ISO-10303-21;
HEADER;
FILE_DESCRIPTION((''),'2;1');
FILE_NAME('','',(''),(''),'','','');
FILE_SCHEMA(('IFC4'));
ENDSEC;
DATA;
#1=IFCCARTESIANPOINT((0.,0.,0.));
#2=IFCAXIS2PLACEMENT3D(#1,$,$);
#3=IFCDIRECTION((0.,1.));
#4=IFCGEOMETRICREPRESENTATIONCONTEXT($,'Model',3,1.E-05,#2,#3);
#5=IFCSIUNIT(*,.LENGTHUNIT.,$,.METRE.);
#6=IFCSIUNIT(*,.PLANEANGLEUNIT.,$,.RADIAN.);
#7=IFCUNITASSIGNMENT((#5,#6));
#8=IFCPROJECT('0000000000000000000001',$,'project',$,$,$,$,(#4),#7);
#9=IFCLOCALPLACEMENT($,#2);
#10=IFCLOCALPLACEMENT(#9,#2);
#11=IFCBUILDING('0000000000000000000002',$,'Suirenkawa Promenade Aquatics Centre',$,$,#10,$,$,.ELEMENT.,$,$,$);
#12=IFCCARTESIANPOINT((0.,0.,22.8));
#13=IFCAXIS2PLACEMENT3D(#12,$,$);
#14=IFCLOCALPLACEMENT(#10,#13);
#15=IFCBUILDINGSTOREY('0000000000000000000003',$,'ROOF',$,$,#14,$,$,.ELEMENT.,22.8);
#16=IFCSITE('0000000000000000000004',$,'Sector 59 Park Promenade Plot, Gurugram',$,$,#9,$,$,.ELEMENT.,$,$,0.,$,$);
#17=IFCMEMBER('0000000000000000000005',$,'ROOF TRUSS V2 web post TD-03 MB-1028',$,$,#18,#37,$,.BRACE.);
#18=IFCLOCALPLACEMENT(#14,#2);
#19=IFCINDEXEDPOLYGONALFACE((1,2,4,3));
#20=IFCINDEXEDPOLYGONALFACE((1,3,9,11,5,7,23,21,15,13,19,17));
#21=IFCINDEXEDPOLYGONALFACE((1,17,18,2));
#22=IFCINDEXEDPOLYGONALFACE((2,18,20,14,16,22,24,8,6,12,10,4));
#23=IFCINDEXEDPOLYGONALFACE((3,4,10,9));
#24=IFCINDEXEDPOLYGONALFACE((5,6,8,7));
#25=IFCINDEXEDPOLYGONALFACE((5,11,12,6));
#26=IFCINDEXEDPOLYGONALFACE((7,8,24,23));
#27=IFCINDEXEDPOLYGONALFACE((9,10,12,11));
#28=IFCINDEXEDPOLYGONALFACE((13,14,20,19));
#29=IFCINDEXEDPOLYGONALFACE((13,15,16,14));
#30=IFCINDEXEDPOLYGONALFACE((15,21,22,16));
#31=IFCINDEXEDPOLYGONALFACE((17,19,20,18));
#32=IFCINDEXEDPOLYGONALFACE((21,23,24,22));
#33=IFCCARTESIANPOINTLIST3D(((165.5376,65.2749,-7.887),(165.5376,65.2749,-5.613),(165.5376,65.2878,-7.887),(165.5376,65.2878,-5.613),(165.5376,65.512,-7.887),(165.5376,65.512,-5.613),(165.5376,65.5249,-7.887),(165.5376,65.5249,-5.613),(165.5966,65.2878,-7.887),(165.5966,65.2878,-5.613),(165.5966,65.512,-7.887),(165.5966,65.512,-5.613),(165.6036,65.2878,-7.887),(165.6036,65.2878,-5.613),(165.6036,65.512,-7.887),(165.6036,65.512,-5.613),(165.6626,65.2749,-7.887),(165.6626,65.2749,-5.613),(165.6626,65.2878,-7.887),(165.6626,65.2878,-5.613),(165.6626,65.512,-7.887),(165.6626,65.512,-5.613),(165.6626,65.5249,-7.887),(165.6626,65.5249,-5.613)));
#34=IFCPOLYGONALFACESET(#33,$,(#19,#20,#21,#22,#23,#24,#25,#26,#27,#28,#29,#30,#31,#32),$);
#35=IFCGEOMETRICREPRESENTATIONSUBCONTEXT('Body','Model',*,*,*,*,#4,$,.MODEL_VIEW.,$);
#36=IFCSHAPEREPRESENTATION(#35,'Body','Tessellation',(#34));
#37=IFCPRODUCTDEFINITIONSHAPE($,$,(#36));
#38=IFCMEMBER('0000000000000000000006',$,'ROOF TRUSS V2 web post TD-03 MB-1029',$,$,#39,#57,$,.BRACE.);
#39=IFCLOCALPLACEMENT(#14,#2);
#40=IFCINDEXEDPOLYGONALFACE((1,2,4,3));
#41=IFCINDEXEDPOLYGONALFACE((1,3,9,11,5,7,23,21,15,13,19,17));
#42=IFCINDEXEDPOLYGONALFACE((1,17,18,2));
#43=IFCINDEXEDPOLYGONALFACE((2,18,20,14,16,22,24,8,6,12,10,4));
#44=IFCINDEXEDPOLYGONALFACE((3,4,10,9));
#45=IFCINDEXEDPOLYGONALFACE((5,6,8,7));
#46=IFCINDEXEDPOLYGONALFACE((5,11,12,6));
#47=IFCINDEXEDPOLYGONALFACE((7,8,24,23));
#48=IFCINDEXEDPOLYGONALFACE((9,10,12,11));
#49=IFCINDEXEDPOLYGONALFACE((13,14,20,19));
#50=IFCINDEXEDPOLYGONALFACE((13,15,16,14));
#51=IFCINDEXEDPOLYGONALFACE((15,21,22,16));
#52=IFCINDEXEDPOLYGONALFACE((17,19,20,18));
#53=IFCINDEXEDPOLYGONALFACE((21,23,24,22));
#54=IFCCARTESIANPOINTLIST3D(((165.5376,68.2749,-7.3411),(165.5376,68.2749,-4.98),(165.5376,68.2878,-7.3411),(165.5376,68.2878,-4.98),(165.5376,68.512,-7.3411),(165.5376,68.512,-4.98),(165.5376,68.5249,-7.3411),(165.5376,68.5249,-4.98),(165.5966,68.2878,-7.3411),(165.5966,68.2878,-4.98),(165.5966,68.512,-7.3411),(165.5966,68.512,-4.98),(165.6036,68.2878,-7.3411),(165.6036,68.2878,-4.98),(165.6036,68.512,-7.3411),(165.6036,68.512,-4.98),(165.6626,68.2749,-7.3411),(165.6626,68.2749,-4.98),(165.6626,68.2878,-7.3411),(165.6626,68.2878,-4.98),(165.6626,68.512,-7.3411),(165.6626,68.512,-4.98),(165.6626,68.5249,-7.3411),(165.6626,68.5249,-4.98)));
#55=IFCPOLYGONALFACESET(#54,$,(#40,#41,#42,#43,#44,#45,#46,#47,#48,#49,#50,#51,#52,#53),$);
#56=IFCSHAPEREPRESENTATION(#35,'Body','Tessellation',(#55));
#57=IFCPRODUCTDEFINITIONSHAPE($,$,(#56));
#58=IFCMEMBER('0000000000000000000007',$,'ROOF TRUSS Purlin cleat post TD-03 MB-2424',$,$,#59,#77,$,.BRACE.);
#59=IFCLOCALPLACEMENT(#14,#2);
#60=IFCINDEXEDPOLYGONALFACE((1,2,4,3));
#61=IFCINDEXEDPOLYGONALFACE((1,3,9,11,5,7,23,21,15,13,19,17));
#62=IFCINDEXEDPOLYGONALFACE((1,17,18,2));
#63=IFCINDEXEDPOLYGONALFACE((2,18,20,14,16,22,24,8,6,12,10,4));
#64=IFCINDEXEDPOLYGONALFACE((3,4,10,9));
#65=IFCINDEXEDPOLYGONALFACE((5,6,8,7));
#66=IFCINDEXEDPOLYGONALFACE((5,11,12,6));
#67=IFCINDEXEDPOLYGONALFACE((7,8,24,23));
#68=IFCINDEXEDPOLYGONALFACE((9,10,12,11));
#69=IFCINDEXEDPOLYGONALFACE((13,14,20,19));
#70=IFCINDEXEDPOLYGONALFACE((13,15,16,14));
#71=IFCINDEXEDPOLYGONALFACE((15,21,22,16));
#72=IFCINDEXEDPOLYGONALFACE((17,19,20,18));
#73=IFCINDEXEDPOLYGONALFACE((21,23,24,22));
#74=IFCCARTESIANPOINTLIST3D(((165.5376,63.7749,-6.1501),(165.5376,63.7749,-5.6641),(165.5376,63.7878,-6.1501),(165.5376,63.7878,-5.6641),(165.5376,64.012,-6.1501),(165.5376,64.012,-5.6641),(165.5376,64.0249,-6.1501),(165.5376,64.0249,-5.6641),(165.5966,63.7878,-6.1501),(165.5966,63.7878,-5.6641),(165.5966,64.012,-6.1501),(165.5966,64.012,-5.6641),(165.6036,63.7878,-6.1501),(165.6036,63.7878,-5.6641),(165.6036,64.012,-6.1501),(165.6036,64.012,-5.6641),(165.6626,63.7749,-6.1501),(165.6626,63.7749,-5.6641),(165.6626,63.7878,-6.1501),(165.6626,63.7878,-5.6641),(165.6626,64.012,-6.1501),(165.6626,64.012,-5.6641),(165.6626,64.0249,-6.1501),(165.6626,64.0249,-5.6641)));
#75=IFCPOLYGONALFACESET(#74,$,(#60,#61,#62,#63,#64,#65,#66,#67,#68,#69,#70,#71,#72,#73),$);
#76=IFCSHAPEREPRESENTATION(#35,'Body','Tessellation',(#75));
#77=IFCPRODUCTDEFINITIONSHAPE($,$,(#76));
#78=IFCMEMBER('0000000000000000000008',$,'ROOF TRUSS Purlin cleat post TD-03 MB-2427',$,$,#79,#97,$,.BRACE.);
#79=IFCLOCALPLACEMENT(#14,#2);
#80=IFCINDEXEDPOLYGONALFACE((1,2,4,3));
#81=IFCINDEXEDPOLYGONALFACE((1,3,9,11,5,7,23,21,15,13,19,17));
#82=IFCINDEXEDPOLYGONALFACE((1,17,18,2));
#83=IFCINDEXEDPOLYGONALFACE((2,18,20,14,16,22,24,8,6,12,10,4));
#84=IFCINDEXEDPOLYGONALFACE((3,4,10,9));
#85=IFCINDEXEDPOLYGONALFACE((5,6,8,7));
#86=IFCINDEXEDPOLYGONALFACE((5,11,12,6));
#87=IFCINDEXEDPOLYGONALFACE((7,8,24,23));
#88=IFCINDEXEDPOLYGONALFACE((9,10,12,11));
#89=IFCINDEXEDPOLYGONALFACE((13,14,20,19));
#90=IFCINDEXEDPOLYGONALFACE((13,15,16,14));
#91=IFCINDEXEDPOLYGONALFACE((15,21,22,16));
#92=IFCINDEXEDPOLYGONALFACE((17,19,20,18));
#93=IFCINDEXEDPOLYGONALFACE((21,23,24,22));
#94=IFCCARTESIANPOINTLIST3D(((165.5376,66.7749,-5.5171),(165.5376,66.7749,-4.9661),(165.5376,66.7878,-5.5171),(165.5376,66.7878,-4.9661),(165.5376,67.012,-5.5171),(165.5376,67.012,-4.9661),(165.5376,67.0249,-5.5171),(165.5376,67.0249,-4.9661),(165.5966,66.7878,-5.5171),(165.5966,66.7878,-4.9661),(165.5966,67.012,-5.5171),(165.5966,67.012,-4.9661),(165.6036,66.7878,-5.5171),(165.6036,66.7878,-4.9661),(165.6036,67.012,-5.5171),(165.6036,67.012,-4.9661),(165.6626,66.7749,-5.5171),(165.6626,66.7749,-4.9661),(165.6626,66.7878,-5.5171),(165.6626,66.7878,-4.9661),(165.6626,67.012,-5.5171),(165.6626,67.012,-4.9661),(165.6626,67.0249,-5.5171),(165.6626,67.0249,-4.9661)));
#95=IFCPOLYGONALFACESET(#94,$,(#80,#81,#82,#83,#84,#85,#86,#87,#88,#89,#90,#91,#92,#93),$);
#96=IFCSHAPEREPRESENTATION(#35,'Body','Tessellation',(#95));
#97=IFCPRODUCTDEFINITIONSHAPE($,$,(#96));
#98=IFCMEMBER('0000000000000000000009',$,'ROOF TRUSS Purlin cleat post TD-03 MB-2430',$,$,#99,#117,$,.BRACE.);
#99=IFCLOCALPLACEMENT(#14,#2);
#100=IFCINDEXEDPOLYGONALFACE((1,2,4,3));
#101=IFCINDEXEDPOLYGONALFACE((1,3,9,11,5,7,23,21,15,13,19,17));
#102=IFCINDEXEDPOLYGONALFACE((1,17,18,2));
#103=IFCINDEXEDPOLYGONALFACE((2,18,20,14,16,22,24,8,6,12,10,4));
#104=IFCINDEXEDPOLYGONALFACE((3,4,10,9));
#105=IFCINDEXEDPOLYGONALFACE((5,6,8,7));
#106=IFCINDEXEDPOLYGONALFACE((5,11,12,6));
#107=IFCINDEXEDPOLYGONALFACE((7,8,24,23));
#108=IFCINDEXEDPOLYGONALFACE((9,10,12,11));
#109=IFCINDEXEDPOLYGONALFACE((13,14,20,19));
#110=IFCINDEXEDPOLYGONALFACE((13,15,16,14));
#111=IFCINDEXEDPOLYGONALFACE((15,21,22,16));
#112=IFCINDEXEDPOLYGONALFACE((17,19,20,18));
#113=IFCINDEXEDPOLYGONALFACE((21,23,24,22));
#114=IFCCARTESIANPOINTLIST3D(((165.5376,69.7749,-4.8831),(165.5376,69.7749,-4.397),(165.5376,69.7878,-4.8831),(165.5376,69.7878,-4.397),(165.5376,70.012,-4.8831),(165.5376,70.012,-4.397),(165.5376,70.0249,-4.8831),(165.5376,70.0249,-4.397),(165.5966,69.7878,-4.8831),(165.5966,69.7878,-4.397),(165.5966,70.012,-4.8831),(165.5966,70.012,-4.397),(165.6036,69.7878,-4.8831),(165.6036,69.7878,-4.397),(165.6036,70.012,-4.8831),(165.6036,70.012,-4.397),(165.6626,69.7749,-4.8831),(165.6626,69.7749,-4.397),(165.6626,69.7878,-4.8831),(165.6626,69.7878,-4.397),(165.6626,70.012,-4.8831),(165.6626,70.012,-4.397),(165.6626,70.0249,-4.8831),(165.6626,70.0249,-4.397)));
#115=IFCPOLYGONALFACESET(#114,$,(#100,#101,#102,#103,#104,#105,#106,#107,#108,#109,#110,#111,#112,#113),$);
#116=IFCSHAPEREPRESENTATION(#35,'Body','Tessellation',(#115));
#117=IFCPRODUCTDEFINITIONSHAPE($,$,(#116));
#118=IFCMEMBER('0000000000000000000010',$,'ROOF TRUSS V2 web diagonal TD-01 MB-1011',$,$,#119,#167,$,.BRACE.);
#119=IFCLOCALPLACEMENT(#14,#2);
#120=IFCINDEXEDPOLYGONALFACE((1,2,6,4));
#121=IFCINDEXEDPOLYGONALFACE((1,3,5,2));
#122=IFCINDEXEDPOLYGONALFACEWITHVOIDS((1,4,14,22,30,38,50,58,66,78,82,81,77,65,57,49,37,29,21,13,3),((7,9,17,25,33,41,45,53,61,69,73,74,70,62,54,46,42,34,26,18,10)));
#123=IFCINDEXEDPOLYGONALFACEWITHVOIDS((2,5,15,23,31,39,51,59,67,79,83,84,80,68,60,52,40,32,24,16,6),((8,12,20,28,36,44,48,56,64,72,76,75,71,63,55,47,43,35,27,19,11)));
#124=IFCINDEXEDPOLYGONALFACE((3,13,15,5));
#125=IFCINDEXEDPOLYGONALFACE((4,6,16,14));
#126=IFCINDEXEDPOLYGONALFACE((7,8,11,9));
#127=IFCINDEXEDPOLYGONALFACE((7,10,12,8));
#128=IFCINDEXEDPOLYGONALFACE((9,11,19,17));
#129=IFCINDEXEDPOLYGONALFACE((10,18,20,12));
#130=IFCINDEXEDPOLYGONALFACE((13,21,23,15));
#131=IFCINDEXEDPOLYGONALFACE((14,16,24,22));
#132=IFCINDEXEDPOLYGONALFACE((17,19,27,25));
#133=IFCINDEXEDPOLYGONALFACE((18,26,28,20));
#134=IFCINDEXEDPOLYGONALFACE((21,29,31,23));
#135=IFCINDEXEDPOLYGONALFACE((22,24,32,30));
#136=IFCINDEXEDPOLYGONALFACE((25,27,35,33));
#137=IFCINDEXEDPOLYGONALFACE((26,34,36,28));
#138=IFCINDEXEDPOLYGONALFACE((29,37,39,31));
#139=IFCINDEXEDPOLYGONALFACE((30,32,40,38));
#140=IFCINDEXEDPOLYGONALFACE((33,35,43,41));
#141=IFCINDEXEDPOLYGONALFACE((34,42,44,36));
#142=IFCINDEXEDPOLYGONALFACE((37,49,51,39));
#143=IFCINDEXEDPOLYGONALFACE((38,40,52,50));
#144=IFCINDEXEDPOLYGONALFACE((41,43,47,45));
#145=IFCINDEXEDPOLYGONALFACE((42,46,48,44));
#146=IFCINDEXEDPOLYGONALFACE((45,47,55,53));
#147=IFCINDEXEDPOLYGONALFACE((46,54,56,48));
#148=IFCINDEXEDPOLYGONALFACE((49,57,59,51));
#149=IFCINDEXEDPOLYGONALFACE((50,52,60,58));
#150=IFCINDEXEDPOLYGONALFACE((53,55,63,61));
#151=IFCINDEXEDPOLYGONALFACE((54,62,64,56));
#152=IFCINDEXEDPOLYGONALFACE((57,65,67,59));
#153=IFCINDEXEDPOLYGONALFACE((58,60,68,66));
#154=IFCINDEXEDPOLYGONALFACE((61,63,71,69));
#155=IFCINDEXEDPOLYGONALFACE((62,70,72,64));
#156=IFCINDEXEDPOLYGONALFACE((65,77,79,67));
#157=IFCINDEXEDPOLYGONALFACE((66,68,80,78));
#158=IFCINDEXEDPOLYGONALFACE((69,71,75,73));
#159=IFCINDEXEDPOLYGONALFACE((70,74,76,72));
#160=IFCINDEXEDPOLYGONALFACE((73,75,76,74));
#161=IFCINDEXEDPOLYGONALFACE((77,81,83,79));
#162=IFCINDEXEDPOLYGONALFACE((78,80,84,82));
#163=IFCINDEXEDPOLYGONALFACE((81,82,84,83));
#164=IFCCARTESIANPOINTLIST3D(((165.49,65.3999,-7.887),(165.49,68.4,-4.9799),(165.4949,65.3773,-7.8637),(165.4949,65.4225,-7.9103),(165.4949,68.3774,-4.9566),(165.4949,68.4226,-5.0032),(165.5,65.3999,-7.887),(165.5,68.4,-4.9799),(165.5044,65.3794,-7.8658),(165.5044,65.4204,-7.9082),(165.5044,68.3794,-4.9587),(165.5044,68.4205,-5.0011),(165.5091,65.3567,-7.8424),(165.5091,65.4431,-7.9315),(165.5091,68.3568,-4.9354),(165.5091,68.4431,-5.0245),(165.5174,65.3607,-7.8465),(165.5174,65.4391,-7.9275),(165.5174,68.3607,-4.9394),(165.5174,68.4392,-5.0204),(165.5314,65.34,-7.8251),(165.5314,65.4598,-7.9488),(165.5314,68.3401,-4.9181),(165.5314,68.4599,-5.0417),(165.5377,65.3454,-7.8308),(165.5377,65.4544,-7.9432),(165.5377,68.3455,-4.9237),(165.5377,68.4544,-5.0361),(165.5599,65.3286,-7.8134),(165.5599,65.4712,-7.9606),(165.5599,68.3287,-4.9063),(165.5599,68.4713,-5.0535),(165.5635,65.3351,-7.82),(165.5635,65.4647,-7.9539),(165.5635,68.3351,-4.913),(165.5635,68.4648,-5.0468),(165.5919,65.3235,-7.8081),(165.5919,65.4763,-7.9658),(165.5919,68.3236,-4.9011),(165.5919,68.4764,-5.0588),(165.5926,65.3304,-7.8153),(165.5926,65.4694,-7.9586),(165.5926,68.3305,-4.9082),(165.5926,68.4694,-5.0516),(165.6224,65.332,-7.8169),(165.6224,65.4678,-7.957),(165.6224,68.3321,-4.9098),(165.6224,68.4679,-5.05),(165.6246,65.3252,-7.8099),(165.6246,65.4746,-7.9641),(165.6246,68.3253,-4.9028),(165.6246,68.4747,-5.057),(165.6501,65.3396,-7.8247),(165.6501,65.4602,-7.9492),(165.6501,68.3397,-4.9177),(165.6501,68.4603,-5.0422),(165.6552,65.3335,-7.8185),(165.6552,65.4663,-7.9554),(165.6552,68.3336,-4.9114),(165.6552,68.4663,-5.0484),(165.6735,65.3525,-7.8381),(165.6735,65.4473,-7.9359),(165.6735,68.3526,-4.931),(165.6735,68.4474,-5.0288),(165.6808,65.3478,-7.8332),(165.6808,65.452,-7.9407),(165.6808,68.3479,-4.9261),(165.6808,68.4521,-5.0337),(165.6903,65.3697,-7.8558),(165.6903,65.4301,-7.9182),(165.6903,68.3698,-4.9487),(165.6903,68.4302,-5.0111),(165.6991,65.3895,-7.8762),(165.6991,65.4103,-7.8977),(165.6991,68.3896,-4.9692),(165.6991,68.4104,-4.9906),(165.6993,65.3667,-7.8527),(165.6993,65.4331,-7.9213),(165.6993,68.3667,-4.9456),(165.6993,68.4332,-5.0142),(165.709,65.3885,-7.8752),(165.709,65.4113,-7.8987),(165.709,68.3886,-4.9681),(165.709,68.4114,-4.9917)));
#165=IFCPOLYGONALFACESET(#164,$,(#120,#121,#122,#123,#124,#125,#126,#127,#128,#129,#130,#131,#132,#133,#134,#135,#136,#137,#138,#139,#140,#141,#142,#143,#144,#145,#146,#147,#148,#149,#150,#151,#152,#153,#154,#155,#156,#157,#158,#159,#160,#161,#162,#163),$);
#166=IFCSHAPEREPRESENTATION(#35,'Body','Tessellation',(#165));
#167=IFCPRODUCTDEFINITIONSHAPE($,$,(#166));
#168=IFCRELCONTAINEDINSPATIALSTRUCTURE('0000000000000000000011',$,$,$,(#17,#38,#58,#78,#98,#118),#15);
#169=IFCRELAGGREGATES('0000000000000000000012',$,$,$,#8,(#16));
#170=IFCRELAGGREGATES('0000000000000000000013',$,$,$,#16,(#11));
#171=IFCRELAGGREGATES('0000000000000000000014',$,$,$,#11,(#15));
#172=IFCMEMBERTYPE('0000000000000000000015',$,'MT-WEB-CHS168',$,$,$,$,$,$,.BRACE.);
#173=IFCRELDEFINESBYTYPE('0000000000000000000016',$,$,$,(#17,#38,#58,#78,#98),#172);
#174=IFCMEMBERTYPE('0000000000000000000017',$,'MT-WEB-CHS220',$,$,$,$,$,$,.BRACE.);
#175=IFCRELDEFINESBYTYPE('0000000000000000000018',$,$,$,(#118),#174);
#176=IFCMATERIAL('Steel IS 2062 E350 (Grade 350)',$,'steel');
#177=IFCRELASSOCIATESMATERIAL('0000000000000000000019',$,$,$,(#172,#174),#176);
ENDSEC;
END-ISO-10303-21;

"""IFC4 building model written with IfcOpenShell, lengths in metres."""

from ifc_helpers import new_model, si_unit, direction, frame, origin, origin_2d, place, context, subcontext, project, spatial, hollow_circle, i_section, extrude, material, material_profile, profile_set, type_object, element, save


model = new_model("IFC4")

# Units and contexts
model_context = context("Model", 3, precision=1e-05, world=origin(), true_north=direction((0.0, 1.0)))
body_context = subcontext(model_context, "Body", "Model", "MODEL_VIEW")
ifc_project = project(units=[si_unit("LENGTHUNIT", "METRE"), si_unit("PLANEANGLEUNIT", "RADIAN")], contexts=[model_context])

# Site, building, storey
site_placement = place(None, origin())
site = spatial("IfcSite", under=ifc_project, at=site_placement, Name="Sector 59 Park Promenade Plot, Gurugram", CompositionType="ELEMENT", RefElevation=0.0)
building_placement = place(site_placement, origin())
building = spatial("IfcBuilding", under=site, at=building_placement, Name="Suirenkawa Promenade Aquatics Centre", CompositionType="ELEMENT")
storey_placement = place(building_placement, frame((0.0, 0.0, 22.8)))
storey = spatial("IfcBuildingStorey", under=building, at=storey_placement, Name="ROOF", CompositionType="ELEMENT", Elevation=22.8)

# Shared definitions
ifc_material = material(Name="Steel IS 2062 E350 (Grade 350)", Category="steel")

# Members
ifc_material_profile_1 = material_profile(ifc_material, i_section(OverallWidth=0.125, OverallDepth=0.25, WebThickness=0.0071, FlangeThickness=0.0129, at=origin_2d()), Name="ISMB 250", Category="steel")
ifc_profile_set_1 = profile_set([ifc_material_profile_1], Name="Steel IS 2062 E350 (Grade 350)")
member_type_1 = type_object("IfcMemberType", Name="MT-WEB-CHS168", PredefinedType="BRACE", material=ifc_profile_set_1)
member_1_placement = place(storey_placement, frame((165.6001, 65.3999, -7.887), z_axis=(0.0, 0.0, 1.0), x_axis=(1.0, 0.0, 0.0)))
element("IfcMember", 1, at=member_1_placement, inside=storey, type_object=member_type_1, Name="ROOF TRUSS V2 web post TD-03 MB-1028", PredefinedType="BRACE", context=body_context, shape_type="SweptSolid", body=[
    extrude(i_section(OverallWidth=0.125, OverallDepth=0.25, WebThickness=0.0071, FlangeThickness=0.0129, at=origin_2d()), origin(), (0.0, 0.0, 1.0), 2.2739),
])
member_2_placement = place(storey_placement, frame((165.6001, 68.3999, -7.3411), z_axis=(0.0, 0.0, 1.0), x_axis=(1.0, 0.0, 0.0)))
element("IfcMember", 2, at=member_2_placement, inside=storey, type_object=member_type_1, Name="ROOF TRUSS V2 web post TD-03 MB-1029", PredefinedType="BRACE", context=body_context, shape_type="SweptSolid", body=[
    extrude(i_section(OverallWidth=0.125, OverallDepth=0.25, WebThickness=0.0071, FlangeThickness=0.0129, at=origin_2d()), origin(), (0.0, 0.0, 1.0), 2.3611),
])
member_3_placement = place(storey_placement, frame((165.6001, 63.8999, -6.1501), z_axis=(0.0, 0.0, 1.0), x_axis=(1.0, 0.0, 0.0)))
element("IfcMember", 3, at=member_3_placement, inside=storey, type_object=member_type_1, Name="ROOF TRUSS Purlin cleat post TD-03 MB-2424", PredefinedType="BRACE", context=body_context, shape_type="SweptSolid", body=[
    extrude(i_section(OverallWidth=0.125, OverallDepth=0.25, WebThickness=0.0071, FlangeThickness=0.0129, at=origin_2d()), origin(), (0.0, 0.0, 1.0), 0.4861),
])
member_4_placement = place(storey_placement, frame((165.6001, 66.8999, -5.5171), z_axis=(0.0, 0.0, 1.0), x_axis=(1.0, 0.0, 0.0)))
element("IfcMember", 4, at=member_4_placement, inside=storey, type_object=member_type_1, Name="ROOF TRUSS Purlin cleat post TD-03 MB-2427", PredefinedType="BRACE", context=body_context, shape_type="SweptSolid", body=[
    extrude(i_section(OverallWidth=0.125, OverallDepth=0.25, WebThickness=0.0071, FlangeThickness=0.0129, at=origin_2d()), origin(), (0.0, 0.0, 1.0), 0.551),
])
member_5_placement = place(storey_placement, frame((165.6001, 69.8999, -4.8831), z_axis=(0.0, 0.0, 1.0), x_axis=(1.0, 0.0, 0.0)))
element("IfcMember", 5, at=member_5_placement, inside=storey, type_object=member_type_1, Name="ROOF TRUSS Purlin cleat post TD-03 MB-2430", PredefinedType="BRACE", context=body_context, shape_type="SweptSolid", body=[
    extrude(i_section(OverallWidth=0.125, OverallDepth=0.25, WebThickness=0.0071, FlangeThickness=0.0129, at=origin_2d()), origin(), (0.0, 0.0, 1.0), 0.4861),
])
ifc_material_profile_2 = material_profile(ifc_material, hollow_circle(Radius=0.1101, WallThickness=0.01, at=origin_2d()), Name="CHS 220x10", Category="steel")
ifc_profile_set_2 = profile_set([ifc_material_profile_2], Name="Steel IS 2062 E350 (Grade 350)")
member_type_2 = type_object("IfcMemberType", Name="MT-WEB-CHS220", PredefinedType="BRACE", material=ifc_profile_set_2)
member_6_placement = place(storey_placement, frame((165.6001, 65.3999, -7.887), z_axis=(0.0, 0.718153, 0.695886), x_axis=(-1.0, 0.0, 0.0)))
element("IfcMember", 6, at=member_6_placement, inside=storey, type_object=member_type_2, Name="ROOF TRUSS V2 web diagonal TD-01 MB-1011", PredefinedType="BRACE", context=body_context, shape_type="SweptSolid", body=[
    extrude(hollow_circle(Radius=0.1101, WallThickness=0.01, at=origin_2d()), origin(), (0.0, 0.0, 1.0), 4.1775),
])

save(model, "model.ifc")
